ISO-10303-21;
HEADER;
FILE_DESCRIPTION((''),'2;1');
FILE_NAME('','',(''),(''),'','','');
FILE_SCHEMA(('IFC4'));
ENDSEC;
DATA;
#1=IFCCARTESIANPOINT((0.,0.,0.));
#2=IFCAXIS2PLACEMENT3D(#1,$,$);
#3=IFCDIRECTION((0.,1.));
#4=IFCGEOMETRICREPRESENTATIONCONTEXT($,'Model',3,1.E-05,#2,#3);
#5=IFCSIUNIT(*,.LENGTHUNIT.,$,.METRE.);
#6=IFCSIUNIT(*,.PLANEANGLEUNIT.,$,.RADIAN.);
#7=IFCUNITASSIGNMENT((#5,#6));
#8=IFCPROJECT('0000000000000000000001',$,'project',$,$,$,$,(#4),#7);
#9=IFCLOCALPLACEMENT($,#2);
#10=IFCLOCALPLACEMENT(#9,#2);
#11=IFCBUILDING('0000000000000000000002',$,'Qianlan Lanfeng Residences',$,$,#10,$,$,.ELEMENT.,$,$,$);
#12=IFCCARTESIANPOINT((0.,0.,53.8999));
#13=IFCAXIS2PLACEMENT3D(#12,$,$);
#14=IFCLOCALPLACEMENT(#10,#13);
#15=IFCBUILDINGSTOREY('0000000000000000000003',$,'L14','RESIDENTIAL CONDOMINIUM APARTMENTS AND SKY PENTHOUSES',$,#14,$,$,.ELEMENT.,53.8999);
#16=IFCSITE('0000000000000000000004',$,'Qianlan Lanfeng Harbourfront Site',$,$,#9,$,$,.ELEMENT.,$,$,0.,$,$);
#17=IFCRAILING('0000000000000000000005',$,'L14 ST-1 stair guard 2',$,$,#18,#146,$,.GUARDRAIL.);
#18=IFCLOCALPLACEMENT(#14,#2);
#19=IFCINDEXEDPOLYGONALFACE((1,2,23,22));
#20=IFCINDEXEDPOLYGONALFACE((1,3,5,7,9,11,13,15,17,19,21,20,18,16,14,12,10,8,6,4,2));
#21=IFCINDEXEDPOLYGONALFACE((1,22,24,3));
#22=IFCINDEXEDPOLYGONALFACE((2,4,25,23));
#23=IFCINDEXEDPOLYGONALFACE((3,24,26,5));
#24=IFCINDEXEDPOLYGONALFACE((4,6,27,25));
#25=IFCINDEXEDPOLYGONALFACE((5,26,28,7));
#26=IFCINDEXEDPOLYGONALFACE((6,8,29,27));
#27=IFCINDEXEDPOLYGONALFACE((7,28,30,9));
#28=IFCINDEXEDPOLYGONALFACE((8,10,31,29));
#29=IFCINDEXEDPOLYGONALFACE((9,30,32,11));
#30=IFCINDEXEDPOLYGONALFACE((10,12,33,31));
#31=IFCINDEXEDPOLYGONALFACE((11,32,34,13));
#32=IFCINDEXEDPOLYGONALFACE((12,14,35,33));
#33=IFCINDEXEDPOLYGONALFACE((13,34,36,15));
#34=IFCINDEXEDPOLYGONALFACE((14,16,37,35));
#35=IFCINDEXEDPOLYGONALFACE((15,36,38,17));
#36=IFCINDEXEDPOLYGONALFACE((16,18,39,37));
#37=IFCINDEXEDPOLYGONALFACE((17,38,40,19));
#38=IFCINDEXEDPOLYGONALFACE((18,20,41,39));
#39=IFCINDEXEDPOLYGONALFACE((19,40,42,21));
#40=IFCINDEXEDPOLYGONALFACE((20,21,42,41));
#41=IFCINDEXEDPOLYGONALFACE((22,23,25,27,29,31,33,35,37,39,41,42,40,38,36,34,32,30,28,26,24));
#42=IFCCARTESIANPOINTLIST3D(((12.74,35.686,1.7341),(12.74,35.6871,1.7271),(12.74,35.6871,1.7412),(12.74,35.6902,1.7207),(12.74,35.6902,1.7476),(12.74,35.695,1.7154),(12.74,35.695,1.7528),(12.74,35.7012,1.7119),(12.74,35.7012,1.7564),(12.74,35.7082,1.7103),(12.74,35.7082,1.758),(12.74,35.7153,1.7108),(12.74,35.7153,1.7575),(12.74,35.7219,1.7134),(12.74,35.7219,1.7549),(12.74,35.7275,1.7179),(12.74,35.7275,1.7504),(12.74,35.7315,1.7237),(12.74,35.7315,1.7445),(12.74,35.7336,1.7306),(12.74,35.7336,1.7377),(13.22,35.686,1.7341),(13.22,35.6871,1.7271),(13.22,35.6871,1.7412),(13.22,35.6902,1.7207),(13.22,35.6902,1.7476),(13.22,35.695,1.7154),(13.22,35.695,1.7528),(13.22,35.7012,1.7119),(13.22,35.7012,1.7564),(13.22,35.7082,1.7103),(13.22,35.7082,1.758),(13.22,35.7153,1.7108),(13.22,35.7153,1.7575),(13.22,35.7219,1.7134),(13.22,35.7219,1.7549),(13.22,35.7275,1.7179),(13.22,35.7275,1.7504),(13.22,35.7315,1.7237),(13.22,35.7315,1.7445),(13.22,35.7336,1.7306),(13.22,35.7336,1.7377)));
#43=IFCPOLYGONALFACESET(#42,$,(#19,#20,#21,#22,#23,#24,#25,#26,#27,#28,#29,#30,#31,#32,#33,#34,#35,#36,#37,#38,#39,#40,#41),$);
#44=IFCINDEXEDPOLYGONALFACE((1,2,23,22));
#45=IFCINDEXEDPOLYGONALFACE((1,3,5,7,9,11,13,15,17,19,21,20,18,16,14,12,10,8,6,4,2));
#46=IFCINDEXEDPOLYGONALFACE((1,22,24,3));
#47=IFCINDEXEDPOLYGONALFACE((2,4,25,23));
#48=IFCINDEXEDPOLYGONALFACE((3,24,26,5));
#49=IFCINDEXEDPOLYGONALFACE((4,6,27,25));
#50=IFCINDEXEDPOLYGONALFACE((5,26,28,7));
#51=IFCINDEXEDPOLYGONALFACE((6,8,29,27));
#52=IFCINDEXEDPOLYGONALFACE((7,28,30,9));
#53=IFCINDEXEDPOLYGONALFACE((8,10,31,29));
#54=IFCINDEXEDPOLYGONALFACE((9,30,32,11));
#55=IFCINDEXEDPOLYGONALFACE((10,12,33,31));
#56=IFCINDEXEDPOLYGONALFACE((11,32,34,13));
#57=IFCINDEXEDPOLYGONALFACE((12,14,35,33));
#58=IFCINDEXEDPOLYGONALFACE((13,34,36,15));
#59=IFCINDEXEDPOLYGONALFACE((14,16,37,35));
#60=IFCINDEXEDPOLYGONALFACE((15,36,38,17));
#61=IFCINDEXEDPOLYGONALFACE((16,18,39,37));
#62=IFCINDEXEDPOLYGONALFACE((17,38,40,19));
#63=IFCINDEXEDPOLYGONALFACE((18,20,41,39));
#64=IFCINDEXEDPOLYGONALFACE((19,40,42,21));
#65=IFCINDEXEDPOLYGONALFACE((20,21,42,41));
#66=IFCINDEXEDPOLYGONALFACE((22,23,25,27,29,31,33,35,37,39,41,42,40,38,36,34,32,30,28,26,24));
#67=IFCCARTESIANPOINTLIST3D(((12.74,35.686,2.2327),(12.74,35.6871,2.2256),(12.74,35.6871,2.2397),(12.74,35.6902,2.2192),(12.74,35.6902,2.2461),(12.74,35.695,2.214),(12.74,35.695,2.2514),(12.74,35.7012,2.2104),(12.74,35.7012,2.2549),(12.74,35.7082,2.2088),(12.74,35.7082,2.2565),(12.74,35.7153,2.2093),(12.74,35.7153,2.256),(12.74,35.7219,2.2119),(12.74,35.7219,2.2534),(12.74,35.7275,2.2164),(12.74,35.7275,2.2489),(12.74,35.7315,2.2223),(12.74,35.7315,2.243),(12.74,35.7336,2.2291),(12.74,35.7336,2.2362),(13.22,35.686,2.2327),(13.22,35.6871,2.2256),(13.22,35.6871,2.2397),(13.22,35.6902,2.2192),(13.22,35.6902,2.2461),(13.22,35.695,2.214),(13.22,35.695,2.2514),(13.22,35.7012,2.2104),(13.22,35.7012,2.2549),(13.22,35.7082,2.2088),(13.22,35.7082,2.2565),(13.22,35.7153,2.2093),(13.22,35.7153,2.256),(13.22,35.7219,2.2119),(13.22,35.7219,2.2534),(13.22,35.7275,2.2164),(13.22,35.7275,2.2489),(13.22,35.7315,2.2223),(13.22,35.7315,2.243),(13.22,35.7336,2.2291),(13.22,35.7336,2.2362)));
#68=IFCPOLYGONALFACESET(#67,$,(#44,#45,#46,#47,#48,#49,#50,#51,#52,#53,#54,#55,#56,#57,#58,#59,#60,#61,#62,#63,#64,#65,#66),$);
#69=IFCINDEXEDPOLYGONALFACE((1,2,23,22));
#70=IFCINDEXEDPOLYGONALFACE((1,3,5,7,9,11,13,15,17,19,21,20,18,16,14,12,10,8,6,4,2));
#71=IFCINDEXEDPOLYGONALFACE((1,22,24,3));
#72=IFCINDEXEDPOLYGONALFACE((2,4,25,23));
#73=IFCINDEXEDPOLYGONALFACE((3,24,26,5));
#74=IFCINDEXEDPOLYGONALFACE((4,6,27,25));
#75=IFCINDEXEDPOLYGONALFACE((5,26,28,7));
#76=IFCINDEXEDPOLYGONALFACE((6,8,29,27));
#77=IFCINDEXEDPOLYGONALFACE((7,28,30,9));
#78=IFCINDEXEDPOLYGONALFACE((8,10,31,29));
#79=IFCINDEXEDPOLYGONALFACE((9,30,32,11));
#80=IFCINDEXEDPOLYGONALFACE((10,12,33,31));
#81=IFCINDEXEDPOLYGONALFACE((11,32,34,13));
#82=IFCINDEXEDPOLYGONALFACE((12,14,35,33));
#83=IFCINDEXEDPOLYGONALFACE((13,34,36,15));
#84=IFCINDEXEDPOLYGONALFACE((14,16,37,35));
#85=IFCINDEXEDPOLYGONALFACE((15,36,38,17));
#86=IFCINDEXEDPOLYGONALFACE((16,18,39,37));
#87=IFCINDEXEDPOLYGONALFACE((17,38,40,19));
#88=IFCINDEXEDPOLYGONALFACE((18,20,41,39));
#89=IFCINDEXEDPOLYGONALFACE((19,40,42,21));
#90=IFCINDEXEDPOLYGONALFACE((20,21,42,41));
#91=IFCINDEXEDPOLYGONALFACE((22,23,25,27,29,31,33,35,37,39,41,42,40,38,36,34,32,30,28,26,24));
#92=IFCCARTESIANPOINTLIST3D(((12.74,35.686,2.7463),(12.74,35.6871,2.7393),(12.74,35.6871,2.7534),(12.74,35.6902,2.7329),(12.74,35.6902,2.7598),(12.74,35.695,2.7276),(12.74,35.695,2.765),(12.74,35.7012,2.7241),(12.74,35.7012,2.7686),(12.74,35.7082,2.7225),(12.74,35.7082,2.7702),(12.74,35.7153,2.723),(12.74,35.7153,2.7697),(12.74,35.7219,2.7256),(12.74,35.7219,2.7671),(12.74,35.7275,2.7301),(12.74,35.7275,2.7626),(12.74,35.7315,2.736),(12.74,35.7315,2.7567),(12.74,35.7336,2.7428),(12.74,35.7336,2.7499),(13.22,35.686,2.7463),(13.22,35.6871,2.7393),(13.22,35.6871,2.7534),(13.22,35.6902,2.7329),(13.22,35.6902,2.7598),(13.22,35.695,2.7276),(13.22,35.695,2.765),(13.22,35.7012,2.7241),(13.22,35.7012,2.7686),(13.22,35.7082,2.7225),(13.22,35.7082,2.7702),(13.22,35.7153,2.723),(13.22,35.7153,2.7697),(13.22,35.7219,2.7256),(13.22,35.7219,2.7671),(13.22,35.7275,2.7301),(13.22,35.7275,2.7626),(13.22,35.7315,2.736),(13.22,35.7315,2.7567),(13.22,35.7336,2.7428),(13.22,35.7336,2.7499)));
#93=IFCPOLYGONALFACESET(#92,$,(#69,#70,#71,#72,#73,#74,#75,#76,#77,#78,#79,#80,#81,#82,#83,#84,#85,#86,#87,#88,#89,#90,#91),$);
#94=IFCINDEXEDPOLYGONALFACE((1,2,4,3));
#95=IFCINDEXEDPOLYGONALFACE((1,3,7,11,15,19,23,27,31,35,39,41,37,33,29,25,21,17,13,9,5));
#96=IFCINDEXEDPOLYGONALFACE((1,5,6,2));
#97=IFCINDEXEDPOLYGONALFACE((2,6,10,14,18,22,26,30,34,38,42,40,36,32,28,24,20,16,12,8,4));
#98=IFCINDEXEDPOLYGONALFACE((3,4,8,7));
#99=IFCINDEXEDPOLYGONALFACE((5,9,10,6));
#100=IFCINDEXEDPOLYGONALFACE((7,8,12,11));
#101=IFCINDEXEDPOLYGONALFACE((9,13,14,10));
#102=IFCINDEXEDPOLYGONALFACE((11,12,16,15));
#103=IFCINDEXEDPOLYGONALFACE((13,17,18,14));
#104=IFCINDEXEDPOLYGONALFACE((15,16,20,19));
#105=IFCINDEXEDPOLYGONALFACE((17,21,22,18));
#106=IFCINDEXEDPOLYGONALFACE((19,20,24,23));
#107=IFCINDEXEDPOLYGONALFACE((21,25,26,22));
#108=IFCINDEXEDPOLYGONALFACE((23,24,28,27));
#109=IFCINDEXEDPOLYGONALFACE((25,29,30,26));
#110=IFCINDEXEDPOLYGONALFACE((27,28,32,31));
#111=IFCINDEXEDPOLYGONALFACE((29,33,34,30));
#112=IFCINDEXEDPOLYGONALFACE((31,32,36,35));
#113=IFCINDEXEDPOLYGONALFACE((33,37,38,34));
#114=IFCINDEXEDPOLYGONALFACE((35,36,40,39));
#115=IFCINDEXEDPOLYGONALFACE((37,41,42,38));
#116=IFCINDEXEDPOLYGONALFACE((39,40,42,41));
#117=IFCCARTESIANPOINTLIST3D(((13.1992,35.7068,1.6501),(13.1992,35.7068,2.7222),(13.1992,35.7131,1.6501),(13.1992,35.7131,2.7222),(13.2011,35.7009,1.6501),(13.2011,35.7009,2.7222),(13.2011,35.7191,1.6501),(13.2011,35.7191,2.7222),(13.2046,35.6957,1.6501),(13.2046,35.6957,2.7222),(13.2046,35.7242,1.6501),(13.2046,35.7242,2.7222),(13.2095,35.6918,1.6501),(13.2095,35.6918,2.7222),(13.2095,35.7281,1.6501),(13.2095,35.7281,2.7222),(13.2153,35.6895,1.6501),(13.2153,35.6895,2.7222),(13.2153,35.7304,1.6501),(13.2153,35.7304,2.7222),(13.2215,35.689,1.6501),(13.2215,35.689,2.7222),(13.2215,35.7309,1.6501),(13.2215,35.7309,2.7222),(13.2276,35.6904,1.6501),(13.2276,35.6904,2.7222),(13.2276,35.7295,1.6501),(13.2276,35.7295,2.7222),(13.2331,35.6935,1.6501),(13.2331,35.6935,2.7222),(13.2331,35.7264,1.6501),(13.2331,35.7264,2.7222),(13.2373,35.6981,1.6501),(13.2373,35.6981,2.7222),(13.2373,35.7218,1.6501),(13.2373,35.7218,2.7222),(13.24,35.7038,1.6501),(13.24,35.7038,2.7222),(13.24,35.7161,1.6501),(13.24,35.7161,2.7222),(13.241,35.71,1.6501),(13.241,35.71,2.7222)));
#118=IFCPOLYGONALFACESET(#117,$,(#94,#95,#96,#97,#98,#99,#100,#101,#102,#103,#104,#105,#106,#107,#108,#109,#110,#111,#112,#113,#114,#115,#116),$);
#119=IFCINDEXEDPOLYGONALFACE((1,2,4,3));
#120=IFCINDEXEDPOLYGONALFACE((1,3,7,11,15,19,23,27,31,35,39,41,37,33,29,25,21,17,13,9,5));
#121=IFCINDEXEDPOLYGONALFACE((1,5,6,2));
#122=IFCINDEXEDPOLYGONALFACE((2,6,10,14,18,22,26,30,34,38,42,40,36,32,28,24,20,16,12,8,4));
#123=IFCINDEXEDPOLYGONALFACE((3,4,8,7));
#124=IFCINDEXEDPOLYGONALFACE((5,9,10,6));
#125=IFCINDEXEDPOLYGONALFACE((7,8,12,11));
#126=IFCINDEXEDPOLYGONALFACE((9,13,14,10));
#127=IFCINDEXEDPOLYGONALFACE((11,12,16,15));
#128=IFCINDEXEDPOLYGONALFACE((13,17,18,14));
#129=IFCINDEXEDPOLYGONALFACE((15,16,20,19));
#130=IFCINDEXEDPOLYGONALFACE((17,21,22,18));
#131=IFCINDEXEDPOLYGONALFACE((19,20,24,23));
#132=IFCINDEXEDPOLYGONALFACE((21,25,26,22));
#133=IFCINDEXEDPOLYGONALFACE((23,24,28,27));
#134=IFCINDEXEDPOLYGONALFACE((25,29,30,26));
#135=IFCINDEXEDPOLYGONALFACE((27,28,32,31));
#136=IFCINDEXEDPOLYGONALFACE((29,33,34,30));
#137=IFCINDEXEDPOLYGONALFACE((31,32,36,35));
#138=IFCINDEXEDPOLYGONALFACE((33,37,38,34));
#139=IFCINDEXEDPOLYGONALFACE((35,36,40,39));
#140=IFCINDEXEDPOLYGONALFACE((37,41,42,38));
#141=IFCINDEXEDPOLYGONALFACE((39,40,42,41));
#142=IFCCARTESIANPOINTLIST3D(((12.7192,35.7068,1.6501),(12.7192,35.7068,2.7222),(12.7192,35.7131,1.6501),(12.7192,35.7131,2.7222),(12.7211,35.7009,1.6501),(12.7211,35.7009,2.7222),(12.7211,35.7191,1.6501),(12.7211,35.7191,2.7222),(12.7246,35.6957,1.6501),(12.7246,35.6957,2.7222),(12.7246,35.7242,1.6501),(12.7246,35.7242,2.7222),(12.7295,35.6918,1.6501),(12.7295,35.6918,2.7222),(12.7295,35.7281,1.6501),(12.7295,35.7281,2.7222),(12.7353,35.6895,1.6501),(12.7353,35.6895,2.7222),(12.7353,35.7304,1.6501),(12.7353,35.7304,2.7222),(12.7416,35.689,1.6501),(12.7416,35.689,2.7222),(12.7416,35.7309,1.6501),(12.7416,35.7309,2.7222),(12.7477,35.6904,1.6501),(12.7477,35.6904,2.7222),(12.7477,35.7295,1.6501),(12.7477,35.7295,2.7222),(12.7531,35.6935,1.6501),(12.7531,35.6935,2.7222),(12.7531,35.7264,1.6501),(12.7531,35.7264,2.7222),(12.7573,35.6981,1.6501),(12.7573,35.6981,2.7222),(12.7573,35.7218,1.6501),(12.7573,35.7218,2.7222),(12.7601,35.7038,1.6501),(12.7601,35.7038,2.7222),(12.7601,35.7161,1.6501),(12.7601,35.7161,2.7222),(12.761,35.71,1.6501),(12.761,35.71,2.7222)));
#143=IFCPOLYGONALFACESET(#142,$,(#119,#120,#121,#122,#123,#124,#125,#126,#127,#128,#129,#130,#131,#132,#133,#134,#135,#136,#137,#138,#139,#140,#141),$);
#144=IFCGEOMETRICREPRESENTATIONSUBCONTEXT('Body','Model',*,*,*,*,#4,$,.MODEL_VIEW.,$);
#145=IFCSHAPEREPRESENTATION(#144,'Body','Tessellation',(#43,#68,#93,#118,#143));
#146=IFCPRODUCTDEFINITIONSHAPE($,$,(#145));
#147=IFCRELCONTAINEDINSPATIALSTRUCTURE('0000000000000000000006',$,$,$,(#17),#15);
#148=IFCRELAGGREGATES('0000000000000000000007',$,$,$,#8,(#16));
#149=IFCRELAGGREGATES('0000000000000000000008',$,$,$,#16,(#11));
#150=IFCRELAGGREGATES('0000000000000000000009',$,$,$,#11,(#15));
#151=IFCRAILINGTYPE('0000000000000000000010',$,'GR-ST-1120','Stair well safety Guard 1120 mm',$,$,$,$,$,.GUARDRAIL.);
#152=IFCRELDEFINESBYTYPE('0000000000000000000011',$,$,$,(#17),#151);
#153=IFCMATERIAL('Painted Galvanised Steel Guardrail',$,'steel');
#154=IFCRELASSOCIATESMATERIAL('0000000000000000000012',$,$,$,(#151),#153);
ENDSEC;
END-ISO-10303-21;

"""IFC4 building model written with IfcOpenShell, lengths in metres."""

from ifc_helpers import new_model, si_unit, direction, frame, origin, origin_2d, place, context, subcontext, project, spatial, circle, extrude, material, type_object, element, save


model = new_model("IFC4")

# Units and contexts
model_context = context("Model", 3, precision=1e-05, world=origin(), true_north=direction((0.0, 1.0)))
body_context = subcontext(model_context, "Body", "Model", "MODEL_VIEW")
ifc_project = project(units=[si_unit("LENGTHUNIT", "METRE"), si_unit("PLANEANGLEUNIT", "RADIAN")], contexts=[model_context])

# Site, building, storey
site_placement = place(None, origin())
site = spatial("IfcSite", under=ifc_project, at=site_placement, Name="Qianlan Lanfeng Harbourfront Site", CompositionType="ELEMENT", RefElevation=0.0)
building_placement = place(site_placement, origin())
building = spatial("IfcBuilding", under=site, at=building_placement, Name="Qianlan Lanfeng Residences", CompositionType="ELEMENT")
storey_placement = place(building_placement, frame((0.0, 0.0, 53.8999)))
storey = spatial("IfcBuildingStorey", under=building, at=storey_placement, Name="L14", Description="RESIDENTIAL CONDOMINIUM APARTMENTS AND SKY PENTHOUSES", CompositionType="ELEMENT", Elevation=53.8999)

# Railing
ifc_material_1 = material(Name="Painted Galvanised Steel Guardrail", Category="steel")
railing_type_1 = type_object("IfcRailingType", Name="GR-ST-1120", Description="Stair well safety Guard 1120 mm", PredefinedType="GUARDRAIL", material=ifc_material_1)
railing_1_placement = place(storey_placement, frame((13.22, 35.71, 1.6501)))
element("IfcRailing", 1, at=railing_1_placement, inside=storey, type_object=railing_type_1, Name="L14 ST-1 stair guard 2", PredefinedType="GUARDRAIL", context=body_context, shape_type="SweptSolid", body=[
    extrude(circle(Radius=0.0239, at=origin_2d()), frame((0.0, 0.0, 0.084), z_axis=(-1.0, 0.0, 0.0), x_axis=(0.0, -1.0, 0.0)), (0.0, 0.0, 1.0), 0.48),
    extrude(circle(Radius=0.0239, at=origin_2d()), frame((0.0, 0.0, 0.5825), z_axis=(-1.0, 0.0, 0.0), x_axis=(0.0, -1.0, 0.0)), (0.0, 0.0, 1.0), 0.48),
    extrude(circle(Radius=0.0239, at=origin_2d()), frame((0.0, 0.0, 1.0962), z_axis=(-1.0, 0.0, 0.0), x_axis=(0.0, -1.0, 0.0)), (0.0, 0.0, 1.0), 0.48),
    extrude(circle(Radius=0.021, at=origin_2d()), origin(), (0.0, 0.0, 1.0), 1.072),
    extrude(circle(Radius=0.021, at=origin_2d()), frame((-0.48, 0.0, 0.0)), (0.0, 0.0, 1.0), 1.072),
])

save(model, "model.ifc")
